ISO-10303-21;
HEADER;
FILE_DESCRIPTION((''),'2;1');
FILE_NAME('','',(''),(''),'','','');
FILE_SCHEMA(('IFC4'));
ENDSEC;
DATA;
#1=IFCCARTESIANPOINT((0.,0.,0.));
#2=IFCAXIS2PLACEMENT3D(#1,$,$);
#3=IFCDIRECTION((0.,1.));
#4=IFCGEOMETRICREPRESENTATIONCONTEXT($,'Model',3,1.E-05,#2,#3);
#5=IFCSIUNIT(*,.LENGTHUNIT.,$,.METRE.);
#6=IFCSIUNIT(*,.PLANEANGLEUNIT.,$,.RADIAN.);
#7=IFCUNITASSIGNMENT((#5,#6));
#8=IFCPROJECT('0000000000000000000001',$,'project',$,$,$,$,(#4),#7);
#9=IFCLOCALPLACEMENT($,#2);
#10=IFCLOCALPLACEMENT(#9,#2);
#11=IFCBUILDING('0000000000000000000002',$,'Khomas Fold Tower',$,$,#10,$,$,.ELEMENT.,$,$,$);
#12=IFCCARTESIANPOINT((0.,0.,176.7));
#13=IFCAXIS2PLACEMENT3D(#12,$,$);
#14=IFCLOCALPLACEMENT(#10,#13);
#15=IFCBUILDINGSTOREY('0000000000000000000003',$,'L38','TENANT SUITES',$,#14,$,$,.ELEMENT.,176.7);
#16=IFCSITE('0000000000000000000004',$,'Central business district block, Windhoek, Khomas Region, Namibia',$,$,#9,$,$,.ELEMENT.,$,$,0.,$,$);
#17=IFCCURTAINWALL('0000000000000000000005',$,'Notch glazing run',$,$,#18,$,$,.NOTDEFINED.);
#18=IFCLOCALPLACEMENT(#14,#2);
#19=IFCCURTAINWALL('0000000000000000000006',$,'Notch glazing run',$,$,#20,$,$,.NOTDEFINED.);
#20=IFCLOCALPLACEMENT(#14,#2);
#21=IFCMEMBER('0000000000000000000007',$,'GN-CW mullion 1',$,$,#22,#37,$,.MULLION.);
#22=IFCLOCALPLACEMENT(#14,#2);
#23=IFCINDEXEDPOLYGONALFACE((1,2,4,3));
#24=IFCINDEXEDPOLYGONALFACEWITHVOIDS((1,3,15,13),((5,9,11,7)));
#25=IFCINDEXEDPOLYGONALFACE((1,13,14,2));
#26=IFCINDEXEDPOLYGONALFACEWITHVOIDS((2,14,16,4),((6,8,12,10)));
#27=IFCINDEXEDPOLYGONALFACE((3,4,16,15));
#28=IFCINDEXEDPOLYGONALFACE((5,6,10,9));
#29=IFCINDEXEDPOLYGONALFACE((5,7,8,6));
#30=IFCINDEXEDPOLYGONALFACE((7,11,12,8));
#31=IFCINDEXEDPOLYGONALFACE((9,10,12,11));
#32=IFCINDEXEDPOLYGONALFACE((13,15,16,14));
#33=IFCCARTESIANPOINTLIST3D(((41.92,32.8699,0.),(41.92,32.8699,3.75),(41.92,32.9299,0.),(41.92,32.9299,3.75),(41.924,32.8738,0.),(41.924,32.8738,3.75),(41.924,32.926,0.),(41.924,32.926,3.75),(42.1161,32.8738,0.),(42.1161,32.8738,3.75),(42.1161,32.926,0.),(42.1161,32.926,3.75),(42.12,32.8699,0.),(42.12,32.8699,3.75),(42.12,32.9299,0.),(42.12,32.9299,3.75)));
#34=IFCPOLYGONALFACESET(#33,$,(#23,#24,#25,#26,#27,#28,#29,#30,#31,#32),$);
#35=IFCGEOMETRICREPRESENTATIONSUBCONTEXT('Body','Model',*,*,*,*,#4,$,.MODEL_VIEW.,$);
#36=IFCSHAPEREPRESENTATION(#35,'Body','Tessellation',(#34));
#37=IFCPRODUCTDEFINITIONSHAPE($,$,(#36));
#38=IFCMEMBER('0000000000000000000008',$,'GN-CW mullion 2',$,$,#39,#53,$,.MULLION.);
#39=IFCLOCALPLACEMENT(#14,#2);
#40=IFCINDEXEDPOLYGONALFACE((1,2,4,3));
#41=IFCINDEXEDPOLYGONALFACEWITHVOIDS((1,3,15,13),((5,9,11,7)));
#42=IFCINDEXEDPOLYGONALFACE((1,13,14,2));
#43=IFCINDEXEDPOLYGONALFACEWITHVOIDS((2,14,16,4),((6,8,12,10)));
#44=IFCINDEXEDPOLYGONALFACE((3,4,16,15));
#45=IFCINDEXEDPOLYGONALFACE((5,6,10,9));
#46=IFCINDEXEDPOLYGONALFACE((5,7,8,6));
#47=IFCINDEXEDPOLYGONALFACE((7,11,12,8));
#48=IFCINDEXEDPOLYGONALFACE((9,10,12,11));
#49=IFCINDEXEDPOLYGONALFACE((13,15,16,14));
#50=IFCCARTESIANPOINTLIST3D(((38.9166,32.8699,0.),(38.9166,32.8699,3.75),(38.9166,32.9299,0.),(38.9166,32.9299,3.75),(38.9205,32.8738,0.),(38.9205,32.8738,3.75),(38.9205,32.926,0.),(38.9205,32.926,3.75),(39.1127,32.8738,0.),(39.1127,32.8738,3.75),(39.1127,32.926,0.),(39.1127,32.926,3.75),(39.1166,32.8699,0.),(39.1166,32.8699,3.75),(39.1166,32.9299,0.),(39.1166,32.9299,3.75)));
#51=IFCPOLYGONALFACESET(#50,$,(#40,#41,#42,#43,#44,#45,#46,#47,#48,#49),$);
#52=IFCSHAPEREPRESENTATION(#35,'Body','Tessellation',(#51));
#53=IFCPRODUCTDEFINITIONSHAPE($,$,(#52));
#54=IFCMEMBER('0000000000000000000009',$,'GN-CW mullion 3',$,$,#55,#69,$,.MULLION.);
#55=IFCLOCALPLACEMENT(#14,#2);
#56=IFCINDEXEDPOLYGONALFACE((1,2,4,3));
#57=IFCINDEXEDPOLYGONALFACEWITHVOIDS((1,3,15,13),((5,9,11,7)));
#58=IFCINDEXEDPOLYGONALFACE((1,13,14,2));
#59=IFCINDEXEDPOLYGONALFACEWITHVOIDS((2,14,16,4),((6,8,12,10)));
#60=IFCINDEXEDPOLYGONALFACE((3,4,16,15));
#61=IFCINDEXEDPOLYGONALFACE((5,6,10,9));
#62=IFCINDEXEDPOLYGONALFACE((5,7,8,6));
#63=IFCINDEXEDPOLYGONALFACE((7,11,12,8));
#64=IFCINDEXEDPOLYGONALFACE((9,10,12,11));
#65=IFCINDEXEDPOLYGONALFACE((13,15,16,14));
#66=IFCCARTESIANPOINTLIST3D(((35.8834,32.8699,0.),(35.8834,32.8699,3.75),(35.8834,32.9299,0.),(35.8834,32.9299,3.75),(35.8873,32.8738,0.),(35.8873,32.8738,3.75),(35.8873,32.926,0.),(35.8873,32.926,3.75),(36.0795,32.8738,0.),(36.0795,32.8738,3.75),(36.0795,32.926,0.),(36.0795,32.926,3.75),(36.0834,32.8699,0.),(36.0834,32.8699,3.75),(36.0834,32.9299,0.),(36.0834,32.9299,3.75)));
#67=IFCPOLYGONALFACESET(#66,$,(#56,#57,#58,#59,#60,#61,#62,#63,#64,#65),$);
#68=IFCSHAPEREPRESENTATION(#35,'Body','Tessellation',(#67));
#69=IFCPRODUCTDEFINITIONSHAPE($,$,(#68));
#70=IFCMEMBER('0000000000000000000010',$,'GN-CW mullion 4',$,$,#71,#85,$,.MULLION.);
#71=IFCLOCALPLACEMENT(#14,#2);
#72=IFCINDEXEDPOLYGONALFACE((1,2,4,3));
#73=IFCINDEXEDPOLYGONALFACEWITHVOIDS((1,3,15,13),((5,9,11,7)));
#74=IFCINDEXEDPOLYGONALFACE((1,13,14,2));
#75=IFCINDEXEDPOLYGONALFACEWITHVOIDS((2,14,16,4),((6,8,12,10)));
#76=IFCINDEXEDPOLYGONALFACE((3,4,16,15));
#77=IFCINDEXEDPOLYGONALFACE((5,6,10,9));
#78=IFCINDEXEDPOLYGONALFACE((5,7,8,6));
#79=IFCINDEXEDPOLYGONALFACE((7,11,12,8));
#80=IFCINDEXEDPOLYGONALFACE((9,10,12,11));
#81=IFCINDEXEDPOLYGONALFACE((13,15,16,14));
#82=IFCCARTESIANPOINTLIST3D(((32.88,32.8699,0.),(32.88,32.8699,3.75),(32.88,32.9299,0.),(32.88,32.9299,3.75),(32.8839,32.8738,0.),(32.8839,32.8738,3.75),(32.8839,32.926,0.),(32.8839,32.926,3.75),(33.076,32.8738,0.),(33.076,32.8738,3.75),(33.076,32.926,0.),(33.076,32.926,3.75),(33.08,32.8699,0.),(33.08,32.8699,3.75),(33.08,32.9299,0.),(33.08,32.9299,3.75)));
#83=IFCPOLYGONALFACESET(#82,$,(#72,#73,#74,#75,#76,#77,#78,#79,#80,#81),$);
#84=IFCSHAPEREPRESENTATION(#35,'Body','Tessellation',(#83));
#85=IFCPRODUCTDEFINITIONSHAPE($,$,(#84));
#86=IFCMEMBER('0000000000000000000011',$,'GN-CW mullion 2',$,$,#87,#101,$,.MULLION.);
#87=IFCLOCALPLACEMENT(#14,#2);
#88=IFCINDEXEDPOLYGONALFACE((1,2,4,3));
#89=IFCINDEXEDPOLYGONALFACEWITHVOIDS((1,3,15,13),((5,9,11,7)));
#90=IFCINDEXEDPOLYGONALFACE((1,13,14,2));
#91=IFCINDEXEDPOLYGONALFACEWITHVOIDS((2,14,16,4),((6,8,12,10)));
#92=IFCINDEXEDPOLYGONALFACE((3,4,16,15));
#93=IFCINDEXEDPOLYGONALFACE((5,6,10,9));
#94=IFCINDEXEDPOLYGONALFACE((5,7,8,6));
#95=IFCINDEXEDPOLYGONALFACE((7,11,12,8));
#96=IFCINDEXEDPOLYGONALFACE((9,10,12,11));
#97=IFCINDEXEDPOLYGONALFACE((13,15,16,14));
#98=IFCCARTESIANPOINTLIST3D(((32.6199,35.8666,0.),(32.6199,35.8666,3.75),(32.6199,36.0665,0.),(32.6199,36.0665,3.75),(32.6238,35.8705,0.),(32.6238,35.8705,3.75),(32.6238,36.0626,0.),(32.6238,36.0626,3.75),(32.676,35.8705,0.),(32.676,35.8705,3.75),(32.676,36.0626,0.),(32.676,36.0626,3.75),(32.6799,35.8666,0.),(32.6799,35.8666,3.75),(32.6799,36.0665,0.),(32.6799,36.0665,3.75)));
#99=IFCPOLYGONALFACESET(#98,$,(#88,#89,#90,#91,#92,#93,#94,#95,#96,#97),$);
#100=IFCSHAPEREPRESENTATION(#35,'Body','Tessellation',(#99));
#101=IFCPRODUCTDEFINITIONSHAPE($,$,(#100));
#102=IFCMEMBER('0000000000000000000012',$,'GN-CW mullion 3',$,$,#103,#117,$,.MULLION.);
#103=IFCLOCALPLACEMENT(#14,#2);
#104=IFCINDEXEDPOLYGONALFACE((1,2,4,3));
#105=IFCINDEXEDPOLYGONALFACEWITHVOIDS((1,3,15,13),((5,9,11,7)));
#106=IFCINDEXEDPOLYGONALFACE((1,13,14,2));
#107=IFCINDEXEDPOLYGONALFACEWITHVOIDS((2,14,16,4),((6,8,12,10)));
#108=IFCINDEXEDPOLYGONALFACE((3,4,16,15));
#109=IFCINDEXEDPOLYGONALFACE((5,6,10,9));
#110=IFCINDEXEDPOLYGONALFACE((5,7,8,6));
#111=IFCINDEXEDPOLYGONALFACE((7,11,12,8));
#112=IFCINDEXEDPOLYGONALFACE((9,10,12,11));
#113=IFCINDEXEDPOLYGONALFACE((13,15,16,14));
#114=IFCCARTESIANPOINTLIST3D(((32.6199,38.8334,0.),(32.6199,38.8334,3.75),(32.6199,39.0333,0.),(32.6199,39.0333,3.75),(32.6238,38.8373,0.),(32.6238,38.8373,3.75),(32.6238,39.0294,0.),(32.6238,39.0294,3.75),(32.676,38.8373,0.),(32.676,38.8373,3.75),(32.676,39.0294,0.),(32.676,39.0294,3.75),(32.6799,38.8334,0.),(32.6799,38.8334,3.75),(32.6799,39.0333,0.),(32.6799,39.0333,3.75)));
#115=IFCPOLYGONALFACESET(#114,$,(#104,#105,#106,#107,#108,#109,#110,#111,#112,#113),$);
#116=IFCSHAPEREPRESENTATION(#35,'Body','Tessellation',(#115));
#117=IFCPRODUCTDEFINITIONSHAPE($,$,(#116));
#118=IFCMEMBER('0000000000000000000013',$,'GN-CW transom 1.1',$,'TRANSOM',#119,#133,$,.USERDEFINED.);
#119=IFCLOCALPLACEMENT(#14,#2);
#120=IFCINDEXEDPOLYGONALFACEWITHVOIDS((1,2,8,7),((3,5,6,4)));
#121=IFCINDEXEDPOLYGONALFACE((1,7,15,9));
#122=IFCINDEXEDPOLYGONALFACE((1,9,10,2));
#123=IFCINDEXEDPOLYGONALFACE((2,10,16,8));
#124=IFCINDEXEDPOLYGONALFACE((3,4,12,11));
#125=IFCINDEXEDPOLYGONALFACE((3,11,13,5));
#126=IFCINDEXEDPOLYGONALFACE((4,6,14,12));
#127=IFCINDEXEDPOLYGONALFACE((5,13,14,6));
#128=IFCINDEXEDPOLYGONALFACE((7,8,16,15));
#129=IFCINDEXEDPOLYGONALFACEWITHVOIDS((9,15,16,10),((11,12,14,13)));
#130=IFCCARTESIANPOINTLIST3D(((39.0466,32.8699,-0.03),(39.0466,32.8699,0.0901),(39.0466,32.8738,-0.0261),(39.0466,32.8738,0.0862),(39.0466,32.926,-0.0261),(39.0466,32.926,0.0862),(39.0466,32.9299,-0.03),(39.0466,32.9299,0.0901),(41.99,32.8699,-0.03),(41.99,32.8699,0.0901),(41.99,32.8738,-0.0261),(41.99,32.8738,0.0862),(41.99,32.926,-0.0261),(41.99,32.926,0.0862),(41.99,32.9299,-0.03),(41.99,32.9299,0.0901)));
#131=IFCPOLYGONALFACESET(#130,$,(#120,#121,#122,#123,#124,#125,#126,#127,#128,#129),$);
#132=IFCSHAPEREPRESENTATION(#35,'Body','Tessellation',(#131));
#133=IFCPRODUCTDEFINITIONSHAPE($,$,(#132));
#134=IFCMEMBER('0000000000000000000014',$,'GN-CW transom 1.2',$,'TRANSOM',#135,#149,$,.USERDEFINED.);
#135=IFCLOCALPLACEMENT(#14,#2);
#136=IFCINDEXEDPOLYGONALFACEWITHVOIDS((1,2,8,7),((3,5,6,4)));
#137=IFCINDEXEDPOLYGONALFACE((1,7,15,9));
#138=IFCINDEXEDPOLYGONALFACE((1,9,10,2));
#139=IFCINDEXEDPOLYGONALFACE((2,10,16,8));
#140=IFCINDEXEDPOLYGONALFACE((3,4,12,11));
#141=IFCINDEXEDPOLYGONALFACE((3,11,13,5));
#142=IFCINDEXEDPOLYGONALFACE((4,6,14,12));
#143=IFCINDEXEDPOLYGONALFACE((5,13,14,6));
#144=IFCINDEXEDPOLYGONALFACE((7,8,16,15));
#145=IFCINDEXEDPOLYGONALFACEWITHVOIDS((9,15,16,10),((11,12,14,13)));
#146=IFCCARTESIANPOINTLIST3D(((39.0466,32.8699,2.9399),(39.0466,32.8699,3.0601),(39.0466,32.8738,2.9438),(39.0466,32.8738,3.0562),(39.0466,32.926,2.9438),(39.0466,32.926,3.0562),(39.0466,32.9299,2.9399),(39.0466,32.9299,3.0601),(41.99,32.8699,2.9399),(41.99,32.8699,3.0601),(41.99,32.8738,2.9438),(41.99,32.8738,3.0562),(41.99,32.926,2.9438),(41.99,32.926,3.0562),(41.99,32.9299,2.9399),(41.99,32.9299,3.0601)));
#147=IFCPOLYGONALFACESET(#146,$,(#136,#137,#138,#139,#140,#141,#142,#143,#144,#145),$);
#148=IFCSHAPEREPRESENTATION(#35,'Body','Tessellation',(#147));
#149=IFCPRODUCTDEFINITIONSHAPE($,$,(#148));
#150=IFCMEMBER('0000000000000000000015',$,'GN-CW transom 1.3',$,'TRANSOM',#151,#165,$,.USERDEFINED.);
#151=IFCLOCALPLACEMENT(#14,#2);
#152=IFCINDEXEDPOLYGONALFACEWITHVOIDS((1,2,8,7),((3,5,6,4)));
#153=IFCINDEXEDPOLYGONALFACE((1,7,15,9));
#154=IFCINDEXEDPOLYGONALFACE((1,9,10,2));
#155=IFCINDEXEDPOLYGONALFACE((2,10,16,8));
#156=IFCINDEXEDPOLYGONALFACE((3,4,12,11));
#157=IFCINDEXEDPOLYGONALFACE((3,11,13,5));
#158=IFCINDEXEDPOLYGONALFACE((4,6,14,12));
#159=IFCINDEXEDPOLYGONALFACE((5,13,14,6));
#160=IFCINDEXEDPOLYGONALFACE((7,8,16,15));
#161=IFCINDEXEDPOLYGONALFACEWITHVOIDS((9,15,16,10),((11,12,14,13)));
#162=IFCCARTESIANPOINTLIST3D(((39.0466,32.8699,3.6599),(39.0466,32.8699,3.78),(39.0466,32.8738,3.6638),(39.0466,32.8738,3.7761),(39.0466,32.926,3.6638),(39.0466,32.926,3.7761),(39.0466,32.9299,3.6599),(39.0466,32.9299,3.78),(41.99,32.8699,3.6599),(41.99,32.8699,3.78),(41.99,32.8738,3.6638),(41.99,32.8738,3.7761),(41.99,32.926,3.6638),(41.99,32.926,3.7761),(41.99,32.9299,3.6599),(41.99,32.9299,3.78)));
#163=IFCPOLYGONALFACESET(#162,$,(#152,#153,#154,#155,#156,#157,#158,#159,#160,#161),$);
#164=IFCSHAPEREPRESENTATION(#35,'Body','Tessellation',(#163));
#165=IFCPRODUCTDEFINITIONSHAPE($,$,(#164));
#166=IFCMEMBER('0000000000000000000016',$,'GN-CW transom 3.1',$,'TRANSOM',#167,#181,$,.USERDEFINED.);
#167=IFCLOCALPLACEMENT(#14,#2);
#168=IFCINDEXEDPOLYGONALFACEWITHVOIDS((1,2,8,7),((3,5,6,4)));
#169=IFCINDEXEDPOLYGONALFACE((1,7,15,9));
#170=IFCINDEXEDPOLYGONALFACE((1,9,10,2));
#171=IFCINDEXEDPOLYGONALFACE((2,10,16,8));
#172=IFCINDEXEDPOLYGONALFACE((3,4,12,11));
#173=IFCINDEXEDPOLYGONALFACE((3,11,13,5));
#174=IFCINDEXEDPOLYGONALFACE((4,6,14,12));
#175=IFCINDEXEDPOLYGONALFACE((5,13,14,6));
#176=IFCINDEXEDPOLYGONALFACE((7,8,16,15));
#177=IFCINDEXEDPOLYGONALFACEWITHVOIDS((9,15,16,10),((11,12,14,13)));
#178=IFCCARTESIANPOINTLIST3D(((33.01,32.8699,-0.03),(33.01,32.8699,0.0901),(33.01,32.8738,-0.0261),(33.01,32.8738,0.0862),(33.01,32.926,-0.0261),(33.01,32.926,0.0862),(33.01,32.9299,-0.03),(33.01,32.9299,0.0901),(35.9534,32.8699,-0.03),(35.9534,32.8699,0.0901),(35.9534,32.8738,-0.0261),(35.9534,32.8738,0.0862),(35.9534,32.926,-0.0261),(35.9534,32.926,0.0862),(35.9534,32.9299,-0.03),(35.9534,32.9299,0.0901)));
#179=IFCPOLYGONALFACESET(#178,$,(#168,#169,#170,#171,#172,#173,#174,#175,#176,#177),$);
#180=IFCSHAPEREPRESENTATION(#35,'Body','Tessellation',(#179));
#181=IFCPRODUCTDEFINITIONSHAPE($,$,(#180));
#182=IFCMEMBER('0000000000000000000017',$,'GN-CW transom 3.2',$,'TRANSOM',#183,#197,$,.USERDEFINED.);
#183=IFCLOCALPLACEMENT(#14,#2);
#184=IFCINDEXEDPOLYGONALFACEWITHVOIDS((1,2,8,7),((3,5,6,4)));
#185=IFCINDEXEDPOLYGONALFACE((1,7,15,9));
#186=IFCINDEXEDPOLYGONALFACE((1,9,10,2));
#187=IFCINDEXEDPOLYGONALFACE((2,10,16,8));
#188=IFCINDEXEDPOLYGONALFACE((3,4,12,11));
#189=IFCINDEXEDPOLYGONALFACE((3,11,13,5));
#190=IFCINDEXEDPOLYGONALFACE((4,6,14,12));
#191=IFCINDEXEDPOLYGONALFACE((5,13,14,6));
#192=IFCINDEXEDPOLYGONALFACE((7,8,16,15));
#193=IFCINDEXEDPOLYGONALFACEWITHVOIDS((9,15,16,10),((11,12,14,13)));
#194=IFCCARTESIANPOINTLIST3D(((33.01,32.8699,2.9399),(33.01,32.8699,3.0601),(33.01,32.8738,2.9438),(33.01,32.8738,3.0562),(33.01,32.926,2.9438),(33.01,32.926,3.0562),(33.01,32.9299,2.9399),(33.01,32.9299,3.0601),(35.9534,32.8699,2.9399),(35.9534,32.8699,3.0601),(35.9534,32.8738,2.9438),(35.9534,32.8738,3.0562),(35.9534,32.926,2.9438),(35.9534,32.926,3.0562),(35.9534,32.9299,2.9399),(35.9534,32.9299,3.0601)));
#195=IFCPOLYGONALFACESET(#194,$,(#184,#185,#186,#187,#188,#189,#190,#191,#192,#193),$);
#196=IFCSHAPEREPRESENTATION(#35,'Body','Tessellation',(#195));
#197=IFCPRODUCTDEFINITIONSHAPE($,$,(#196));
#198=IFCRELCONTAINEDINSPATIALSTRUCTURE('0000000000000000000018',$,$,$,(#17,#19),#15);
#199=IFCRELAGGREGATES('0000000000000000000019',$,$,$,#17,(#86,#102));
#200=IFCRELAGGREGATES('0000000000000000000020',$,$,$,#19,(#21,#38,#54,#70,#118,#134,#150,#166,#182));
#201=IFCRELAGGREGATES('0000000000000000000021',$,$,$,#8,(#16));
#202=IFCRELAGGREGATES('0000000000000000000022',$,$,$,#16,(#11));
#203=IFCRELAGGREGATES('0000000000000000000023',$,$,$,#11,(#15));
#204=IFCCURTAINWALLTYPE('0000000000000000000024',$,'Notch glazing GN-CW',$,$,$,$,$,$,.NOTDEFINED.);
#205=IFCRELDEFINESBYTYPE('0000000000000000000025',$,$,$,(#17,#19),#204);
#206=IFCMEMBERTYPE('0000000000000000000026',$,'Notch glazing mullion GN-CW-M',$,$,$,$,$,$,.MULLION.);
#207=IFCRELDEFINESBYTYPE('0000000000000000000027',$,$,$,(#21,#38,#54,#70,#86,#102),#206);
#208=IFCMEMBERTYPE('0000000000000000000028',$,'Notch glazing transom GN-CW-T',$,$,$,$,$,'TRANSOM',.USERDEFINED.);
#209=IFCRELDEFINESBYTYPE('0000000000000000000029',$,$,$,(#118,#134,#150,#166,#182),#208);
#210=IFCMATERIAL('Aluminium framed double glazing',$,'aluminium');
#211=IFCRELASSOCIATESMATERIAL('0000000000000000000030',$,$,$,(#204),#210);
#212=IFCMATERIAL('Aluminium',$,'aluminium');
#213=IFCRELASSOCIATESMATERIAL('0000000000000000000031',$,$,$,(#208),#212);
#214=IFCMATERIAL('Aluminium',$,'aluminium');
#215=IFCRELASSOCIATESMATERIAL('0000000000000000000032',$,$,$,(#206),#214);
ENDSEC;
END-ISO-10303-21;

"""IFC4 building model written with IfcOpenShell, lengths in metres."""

from ifc_helpers import new_model, si_unit, direction, frame, origin, origin_2d, place, context, subcontext, project, spatial, hollow_rectangle, extrude, source, transform, mapped, material, material_profile, profile_set, type_object, element, aggregate, save


model = new_model("IFC4")

# Units and contexts
model_context = context("Model", 3, precision=1e-05, world=origin(), true_north=direction((0.0, 1.0)))
body_context = subcontext(model_context, "Body", "Model", "MODEL_VIEW")
ifc_project = project(units=[si_unit("LENGTHUNIT", "METRE"), si_unit("PLANEANGLEUNIT", "RADIAN")], contexts=[model_context])

# Site, building, storey
site_placement = place(None, origin())
site = spatial("IfcSite", under=ifc_project, at=site_placement, Name="Central business district block, Windhoek, Khomas Region, Namibia", CompositionType="ELEMENT", RefElevation=0.0)
building_placement = place(site_placement, origin())
building = spatial("IfcBuilding", under=site, at=building_placement, Name="Khomas Fold Tower", CompositionType="ELEMENT")
storey_placement = place(building_placement, frame((0.0, 0.0, 176.7)))
storey = spatial("IfcBuildingStorey", under=building, at=storey_placement, Name="L38", Description="TENANT SUITES", CompositionType="ELEMENT", Elevation=176.7)

# Curtain walls, members
ifc_material_1 = material(Name="Aluminium framed double glazing", Category="aluminium")
curtain_wall_type = type_object("IfcCurtainWallType", Name="Notch glazing GN-CW", PredefinedType="NOTDEFINED", material=ifc_material_1)
curtain_wall_1_placement = place(storey_placement, origin())
curtain_wall_1 = element("IfcCurtainWall", 1, at=curtain_wall_1_placement, inside=storey, type_object=curtain_wall_type, Name="Notch glazing run", PredefinedType="NOTDEFINED")
ifc_material_2 = material(Name="Aluminium", Category="aluminium")
ifc_material_profile_1 = material_profile(ifc_material_2, hollow_rectangle(XDim=0.0601, YDim=0.1201, WallThickness=0.0039, at=origin_2d()), Name="Notch glazing transom GN-CW-T")
ifc_profile_set_1 = profile_set([ifc_material_profile_1], Name="Aluminium")
member_type_1 = type_object("IfcMemberType", Name="Notch glazing transom GN-CW-T", ElementType="TRANSOM", PredefinedType="USERDEFINED", material=ifc_profile_set_1)
curtain_wall_2_placement = place(storey_placement, origin())
curtain_wall_2 = element("IfcCurtainWall", 2, at=curtain_wall_2_placement, inside=storey, type_object=curtain_wall_type, Name="Notch glazing run", PredefinedType="NOTDEFINED")
ifc_material_3 = material(Name="Aluminium", Category="aluminium")
ifc_material_profile_2 = material_profile(ifc_material_3, hollow_rectangle(XDim=0.0601, YDim=0.2, WallThickness=0.0039, at=origin_2d()), Name="Notch glazing mullion GN-CW-M")
ifc_profile_set_2 = profile_set([ifc_material_profile_2], Name="Aluminium")
member_type_2 = type_object("IfcMemberType", Name="Notch glazing mullion GN-CW-M", PredefinedType="MULLION", material=ifc_profile_set_2)
shared_shape_1 = source(origin(), body_context, "Body", "SweptSolid", [
    extrude(hollow_rectangle(XDim=0.0601, YDim=0.2, WallThickness=0.0039, at=origin_2d()), origin(), (0.0, 0.0, 1.0), 3.75),
])
member_1_placement = place(storey_placement, frame((42.02, 32.8999, 0.0), z_axis=(0.0, 0.0, 1.0), x_axis=(0.0, -1.0, 0.0)))
member_1 = element("IfcMember", 3, at=member_1_placement, type_object=member_type_2, Name="GN-CW mullion 1", PredefinedType="MULLION", context=body_context, shape_type="MappedRepresentation", body=[
    mapped(shared_shape_1, transform((0.0, 0.0, 0.0))),
])
member_2_placement = place(storey_placement, frame((39.0166, 32.8999, 0.0), z_axis=(0.0, 0.0, 1.0), x_axis=(0.0, -1.0, 0.0)))
member_2 = element("IfcMember", 4, at=member_2_placement, type_object=member_type_2, Name="GN-CW mullion 2", PredefinedType="MULLION", context=body_context, shape_type="MappedRepresentation", body=[
    mapped(shared_shape_1, transform((0.0, 0.0, 0.0))),
])
member_3_placement = place(storey_placement, frame((35.9834, 32.8999, 0.0), z_axis=(0.0, 0.0, 1.0), x_axis=(0.0, -1.0, 0.0)))
member_3 = element("IfcMember", 5, at=member_3_placement, type_object=member_type_2, Name="GN-CW mullion 3", PredefinedType="MULLION", context=body_context, shape_type="MappedRepresentation", body=[
    mapped(shared_shape_1, transform((0.0, 0.0, 0.0))),
])
member_4_placement = place(storey_placement, frame((32.98, 32.8999, 0.0), z_axis=(0.0, 0.0, 1.0), x_axis=(0.0, -1.0, 0.0)))
member_4 = element("IfcMember", 6, at=member_4_placement, type_object=member_type_2, Name="GN-CW mullion 4", PredefinedType="MULLION", context=body_context, shape_type="MappedRepresentation", body=[
    mapped(shared_shape_1, transform((0.0, 0.0, 0.0))),
])

# Members
member_5_placement = place(storey_placement, frame((32.6499, 35.9666, 0.0), z_axis=(0.0, 0.0, 1.0), x_axis=(-1.0, 0.0, 0.0)))
member_5 = element("IfcMember", 7, at=member_5_placement, type_object=member_type_2, Name="GN-CW mullion 2", PredefinedType="MULLION", context=body_context, shape_type="MappedRepresentation", body=[
    mapped(shared_shape_1, transform((0.0, 0.0, 0.0))),
])
member_6_placement = place(storey_placement, frame((32.6499, 38.9333, 0.0), z_axis=(0.0, 0.0, 1.0), x_axis=(-1.0, 0.0, 0.0)))
member_6 = element("IfcMember", 8, at=member_6_placement, type_object=member_type_2, Name="GN-CW mullion 3", PredefinedType="MULLION", context=body_context, shape_type="MappedRepresentation", body=[
    mapped(shared_shape_1, transform((0.0, 0.0, 0.0))),
])
shared_shape_2 = source(origin(), body_context, "Body", "SweptSolid", [
    extrude(hollow_rectangle(XDim=0.0601, YDim=0.1201, WallThickness=0.0039, at=origin_2d()), origin(), (0.0, 0.0, 1.0), 2.9434),
])
member_7_placement = place(storey_placement, frame((41.99, 32.8999, 0.03), z_axis=(-1.0, 0.0, 0.0), x_axis=(0.0, -1.0, 0.0)))
member_7 = element("IfcMember", 9, at=member_7_placement, type_object=member_type_1, Name="GN-CW transom 1.1", ObjectType="TRANSOM", PredefinedType="USERDEFINED", context=body_context, shape_type="MappedRepresentation", body=[
    mapped(shared_shape_2, transform((0.0, 0.0, 0.0))),
])
member_8_placement = place(storey_placement, frame((41.99, 32.8999, 3.0), z_axis=(-1.0, 0.0, 0.0), x_axis=(0.0, -1.0, 0.0)))
member_8 = element("IfcMember", 10, at=member_8_placement, type_object=member_type_1, Name="GN-CW transom 1.2", ObjectType="TRANSOM", PredefinedType="USERDEFINED", context=body_context, shape_type="MappedRepresentation", body=[
    mapped(shared_shape_2, transform((0.0, 0.0, 0.0))),
])
member_9_placement = place(storey_placement, frame((41.99, 32.8999, 3.72), z_axis=(-1.0, 0.0, 0.0), x_axis=(0.0, -1.0, 0.0)))
member_9 = element("IfcMember", 11, at=member_9_placement, type_object=member_type_1, Name="GN-CW transom 1.3", ObjectType="TRANSOM", PredefinedType="USERDEFINED", context=body_context, shape_type="MappedRepresentation", body=[
    mapped(shared_shape_2, transform((0.0, 0.0, 0.0))),
])
member_10_placement = place(storey_placement, frame((35.9534, 32.8999, 0.03), z_axis=(-1.0, 0.0, 0.0), x_axis=(0.0, -1.0, 0.0)))
member_10 = element("IfcMember", 12, at=member_10_placement, type_object=member_type_1, Name="GN-CW transom 3.1", ObjectType="TRANSOM", PredefinedType="USERDEFINED", context=body_context, shape_type="MappedRepresentation", body=[
    mapped(shared_shape_2, transform((0.0, 0.0, 0.0))),
])
member_11_placement = place(storey_placement, frame((35.9534, 32.8999, 3.0), z_axis=(-1.0, 0.0, 0.0), x_axis=(0.0, -1.0, 0.0)))
member_11 = element("IfcMember", 13, at=member_11_placement, type_object=member_type_1, Name="GN-CW transom 3.2", ObjectType="TRANSOM", PredefinedType="USERDEFINED", context=body_context, shape_type="MappedRepresentation", body=[
    mapped(shared_shape_2, transform((0.0, 0.0, 0.0))),
])

aggregate(curtain_wall_1, [member_5, member_6])
aggregate(curtain_wall_2, [member_1, member_2, member_3, member_4, member_7, member_8, member_9, member_10, member_11])

save(model, "model.ifc")
